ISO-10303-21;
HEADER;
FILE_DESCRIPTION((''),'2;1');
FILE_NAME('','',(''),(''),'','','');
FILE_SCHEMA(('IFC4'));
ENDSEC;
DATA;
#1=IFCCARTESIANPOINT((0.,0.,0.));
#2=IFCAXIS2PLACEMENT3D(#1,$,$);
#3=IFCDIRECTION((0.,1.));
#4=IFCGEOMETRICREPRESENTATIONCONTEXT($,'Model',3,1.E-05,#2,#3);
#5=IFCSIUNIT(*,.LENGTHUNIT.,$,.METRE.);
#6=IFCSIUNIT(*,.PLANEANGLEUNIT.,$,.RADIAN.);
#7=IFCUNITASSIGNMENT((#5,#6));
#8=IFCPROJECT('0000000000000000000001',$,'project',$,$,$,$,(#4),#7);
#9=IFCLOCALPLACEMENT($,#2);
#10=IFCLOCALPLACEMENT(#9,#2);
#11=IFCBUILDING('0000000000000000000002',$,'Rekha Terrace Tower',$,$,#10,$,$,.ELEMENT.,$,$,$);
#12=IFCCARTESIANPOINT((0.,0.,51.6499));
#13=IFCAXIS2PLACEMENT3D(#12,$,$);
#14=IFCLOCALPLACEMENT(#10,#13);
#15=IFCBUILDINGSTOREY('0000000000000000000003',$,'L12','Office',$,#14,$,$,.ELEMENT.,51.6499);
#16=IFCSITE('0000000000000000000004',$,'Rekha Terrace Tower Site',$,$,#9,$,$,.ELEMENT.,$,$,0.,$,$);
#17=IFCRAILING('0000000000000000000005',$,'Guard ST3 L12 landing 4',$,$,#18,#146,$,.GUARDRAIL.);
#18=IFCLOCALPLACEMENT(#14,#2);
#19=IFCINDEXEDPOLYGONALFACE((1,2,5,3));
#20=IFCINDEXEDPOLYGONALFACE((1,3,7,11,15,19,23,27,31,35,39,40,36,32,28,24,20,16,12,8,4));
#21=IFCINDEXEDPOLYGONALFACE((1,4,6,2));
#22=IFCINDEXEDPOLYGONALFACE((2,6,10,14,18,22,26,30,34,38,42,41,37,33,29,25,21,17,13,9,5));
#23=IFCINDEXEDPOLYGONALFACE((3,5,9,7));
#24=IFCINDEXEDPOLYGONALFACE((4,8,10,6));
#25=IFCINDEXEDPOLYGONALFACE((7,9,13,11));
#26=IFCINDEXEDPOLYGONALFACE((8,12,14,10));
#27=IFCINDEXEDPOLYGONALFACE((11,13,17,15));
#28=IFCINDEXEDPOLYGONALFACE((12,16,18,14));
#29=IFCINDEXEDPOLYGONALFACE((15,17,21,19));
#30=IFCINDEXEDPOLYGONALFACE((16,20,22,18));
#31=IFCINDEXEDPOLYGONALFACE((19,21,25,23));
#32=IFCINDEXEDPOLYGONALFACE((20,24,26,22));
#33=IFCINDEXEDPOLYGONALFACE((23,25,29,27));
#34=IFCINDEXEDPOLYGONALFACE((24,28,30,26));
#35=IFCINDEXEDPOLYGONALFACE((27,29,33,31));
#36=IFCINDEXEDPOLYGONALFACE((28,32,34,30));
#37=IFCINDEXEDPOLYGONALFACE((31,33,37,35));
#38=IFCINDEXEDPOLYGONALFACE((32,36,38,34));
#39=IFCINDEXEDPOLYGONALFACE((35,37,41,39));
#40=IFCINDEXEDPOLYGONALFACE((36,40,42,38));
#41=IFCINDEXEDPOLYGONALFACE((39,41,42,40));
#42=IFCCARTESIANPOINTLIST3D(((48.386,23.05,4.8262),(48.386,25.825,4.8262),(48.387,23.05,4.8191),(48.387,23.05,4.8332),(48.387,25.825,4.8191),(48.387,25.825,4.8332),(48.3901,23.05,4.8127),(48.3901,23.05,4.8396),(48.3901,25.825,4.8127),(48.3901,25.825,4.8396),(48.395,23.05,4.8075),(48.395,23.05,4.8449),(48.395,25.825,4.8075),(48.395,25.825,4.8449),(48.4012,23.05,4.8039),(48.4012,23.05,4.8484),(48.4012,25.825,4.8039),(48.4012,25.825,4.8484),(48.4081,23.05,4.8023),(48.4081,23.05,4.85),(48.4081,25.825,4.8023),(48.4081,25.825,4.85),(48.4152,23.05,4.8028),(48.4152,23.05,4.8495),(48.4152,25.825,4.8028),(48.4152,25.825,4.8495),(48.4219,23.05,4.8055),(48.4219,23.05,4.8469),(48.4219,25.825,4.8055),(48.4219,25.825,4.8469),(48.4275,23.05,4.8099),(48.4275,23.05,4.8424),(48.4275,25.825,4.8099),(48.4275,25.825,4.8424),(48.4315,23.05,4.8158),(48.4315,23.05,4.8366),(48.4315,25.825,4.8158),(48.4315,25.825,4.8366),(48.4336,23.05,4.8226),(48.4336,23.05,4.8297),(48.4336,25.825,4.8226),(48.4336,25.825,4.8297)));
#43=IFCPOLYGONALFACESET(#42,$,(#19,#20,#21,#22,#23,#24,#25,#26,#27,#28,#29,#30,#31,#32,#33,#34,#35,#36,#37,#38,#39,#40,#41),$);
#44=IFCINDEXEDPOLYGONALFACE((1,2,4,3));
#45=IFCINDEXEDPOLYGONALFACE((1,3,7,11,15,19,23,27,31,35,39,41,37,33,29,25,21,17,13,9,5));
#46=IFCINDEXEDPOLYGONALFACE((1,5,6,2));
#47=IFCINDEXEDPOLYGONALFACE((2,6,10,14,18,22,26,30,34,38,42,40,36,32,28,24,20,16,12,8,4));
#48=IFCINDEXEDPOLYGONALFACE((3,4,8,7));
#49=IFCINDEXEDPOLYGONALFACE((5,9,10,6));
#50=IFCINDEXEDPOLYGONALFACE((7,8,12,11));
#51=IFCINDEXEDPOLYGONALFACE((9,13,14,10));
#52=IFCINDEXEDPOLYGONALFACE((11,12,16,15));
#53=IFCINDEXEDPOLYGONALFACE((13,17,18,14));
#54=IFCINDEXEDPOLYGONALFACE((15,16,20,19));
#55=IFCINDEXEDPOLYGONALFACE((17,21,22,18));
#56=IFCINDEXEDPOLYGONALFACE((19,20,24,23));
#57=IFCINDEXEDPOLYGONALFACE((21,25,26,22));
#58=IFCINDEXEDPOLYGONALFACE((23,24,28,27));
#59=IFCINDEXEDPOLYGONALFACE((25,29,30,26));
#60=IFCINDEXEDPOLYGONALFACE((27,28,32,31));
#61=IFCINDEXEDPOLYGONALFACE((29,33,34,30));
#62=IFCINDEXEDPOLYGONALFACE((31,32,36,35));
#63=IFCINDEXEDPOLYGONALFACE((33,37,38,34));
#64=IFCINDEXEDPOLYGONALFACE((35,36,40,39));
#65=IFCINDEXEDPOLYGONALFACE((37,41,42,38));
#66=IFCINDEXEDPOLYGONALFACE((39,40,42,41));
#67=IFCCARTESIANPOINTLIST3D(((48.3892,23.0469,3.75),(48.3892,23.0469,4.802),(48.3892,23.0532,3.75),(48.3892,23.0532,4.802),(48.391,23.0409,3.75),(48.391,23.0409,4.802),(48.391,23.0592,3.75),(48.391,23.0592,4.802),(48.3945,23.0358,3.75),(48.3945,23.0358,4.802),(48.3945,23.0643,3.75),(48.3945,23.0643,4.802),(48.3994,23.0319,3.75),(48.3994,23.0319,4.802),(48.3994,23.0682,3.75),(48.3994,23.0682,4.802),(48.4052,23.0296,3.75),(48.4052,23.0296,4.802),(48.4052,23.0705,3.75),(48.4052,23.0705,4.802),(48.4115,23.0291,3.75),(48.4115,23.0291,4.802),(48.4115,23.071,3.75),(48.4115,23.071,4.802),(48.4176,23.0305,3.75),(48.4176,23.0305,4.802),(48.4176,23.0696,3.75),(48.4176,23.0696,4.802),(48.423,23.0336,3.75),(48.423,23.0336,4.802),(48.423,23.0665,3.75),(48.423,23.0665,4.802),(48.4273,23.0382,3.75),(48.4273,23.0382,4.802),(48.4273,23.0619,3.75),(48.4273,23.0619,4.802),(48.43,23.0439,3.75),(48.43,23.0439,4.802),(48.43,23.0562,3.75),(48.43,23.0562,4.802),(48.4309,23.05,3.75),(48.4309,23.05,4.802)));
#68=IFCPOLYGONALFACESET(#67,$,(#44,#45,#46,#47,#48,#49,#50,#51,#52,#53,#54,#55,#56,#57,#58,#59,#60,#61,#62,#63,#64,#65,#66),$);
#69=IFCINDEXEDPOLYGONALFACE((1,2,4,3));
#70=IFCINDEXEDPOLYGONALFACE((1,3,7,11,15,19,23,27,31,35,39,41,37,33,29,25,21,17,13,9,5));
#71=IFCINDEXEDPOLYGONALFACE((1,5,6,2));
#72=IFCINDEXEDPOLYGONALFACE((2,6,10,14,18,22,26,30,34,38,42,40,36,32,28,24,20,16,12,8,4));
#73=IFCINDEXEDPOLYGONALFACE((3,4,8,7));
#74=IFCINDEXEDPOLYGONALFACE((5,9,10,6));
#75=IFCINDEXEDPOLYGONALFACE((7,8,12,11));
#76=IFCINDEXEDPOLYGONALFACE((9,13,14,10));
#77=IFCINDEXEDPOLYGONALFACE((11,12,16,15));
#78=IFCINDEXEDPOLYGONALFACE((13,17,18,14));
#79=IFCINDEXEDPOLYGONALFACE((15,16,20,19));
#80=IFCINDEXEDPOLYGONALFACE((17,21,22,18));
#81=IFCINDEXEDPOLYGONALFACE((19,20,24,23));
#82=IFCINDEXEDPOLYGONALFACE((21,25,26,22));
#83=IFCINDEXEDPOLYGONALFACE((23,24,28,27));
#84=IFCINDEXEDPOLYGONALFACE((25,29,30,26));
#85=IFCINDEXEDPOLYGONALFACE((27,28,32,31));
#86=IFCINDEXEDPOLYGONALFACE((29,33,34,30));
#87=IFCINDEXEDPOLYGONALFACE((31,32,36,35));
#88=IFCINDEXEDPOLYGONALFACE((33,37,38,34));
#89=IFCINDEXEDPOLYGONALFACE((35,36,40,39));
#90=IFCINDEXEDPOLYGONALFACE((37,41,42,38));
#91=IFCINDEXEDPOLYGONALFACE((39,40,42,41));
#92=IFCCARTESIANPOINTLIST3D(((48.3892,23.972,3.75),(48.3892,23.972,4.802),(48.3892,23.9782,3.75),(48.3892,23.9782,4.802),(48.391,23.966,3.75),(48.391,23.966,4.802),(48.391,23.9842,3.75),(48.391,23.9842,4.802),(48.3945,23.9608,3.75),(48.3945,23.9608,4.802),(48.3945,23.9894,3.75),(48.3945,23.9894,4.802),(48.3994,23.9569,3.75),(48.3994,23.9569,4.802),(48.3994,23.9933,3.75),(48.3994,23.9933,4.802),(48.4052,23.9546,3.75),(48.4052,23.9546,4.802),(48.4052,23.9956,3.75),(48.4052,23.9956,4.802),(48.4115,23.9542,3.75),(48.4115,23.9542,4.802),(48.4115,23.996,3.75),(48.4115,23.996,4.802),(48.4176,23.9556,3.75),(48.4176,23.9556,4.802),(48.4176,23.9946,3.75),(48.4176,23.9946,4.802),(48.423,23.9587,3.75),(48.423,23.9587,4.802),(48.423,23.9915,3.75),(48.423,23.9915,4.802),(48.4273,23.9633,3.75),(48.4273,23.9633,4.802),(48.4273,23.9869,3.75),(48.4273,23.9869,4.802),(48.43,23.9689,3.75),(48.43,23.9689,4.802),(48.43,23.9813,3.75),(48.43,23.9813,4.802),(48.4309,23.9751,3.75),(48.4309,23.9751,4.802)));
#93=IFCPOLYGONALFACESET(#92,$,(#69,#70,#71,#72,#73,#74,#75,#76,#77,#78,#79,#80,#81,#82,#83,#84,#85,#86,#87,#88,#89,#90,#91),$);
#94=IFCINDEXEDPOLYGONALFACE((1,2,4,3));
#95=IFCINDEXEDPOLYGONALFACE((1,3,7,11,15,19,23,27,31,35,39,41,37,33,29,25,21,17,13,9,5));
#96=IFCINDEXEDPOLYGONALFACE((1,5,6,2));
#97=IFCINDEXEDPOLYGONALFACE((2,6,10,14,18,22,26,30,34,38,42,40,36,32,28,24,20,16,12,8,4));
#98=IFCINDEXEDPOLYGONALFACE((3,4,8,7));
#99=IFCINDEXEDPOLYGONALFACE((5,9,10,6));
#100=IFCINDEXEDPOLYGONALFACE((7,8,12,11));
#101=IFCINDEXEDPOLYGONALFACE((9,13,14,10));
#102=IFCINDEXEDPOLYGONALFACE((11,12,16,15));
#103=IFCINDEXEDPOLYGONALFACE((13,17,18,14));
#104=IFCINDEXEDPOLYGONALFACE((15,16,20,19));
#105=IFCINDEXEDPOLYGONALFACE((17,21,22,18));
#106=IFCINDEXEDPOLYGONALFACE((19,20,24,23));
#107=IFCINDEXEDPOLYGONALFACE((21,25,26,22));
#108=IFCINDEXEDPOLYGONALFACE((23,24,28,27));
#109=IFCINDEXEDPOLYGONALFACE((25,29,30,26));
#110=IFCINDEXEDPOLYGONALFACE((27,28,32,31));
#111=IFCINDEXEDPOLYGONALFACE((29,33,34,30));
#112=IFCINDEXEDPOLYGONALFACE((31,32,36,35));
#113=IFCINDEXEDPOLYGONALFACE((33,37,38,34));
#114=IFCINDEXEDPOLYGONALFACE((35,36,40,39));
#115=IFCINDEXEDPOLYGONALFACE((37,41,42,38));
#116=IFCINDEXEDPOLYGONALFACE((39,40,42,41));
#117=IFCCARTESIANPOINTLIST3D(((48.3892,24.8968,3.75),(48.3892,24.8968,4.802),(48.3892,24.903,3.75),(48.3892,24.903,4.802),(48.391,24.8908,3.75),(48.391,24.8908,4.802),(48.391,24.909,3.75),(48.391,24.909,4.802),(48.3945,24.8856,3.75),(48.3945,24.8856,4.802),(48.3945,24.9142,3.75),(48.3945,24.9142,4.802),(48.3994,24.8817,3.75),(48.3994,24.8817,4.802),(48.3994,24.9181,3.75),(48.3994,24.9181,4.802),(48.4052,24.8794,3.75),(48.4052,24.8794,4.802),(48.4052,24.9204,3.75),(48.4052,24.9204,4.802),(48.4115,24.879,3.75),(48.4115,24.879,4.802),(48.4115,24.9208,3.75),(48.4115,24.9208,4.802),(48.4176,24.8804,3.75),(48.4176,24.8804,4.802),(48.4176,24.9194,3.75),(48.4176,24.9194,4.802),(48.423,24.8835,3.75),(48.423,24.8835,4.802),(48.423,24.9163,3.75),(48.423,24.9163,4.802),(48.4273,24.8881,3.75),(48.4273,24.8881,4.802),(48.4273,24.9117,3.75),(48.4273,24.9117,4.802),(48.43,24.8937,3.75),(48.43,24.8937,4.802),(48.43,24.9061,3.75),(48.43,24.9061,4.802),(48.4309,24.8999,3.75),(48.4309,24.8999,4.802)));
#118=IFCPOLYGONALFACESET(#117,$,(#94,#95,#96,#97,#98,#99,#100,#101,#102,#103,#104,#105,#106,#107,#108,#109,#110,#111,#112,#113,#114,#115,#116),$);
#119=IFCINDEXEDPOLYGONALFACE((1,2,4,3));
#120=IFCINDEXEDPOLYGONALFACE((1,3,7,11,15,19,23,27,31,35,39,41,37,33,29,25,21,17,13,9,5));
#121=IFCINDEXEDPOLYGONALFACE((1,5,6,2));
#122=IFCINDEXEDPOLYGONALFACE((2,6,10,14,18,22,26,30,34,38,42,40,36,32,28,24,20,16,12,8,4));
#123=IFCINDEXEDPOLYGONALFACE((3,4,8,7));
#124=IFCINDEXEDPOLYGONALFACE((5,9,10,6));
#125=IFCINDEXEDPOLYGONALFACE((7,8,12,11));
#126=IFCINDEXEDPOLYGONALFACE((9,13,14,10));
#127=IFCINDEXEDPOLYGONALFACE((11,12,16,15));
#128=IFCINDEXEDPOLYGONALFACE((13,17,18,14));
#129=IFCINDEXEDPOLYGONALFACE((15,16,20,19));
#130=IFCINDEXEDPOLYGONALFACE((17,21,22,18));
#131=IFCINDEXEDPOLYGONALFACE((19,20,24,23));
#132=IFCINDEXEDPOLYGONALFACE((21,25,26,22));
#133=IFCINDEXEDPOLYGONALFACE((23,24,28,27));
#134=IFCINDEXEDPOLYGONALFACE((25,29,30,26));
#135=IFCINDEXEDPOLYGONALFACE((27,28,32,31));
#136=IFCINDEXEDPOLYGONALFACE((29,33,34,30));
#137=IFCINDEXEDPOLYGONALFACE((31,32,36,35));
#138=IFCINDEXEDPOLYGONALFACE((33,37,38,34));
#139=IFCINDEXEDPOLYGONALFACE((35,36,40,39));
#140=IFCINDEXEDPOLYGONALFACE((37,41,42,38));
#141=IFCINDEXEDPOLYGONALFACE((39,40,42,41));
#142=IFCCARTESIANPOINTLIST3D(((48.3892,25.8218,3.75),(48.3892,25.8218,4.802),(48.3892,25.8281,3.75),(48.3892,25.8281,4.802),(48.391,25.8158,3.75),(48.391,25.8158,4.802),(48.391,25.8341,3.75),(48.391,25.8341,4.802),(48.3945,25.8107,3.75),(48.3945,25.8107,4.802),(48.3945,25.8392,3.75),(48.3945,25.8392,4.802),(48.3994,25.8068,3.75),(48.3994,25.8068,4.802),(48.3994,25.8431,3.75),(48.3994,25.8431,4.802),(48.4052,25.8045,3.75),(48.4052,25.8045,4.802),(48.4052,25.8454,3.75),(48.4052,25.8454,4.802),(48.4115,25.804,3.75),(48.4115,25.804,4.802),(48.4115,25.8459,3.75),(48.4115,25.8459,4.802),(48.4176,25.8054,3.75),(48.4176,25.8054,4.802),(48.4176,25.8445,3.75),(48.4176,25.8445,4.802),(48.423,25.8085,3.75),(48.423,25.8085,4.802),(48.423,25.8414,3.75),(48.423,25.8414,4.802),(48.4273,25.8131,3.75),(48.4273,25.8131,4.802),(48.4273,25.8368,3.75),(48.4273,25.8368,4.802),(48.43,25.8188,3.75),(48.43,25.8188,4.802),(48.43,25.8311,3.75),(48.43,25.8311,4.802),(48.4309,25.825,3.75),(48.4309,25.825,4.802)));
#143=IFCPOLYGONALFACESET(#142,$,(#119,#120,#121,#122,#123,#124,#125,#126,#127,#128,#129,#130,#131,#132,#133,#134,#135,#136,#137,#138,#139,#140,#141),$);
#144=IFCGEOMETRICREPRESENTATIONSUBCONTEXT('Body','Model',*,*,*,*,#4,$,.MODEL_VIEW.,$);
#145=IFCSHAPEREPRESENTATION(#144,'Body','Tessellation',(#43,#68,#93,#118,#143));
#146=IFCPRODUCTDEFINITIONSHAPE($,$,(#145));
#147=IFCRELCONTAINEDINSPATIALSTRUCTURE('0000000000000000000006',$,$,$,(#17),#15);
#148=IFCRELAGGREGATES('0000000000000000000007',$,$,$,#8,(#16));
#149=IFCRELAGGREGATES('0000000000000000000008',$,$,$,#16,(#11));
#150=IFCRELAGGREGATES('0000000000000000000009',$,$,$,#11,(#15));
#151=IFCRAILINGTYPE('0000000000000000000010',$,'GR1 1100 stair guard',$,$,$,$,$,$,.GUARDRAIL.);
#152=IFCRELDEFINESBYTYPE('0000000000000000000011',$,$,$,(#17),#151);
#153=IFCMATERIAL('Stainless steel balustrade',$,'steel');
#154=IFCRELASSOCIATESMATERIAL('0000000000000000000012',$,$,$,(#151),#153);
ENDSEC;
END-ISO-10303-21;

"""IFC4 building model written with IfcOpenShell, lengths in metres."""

from ifc_helpers import new_model, si_unit, direction, frame, origin, origin_2d, place, context, subcontext, project, spatial, circle, extrude, material, type_object, element, save


model = new_model("IFC4")

# Units and contexts
model_context = context("Model", 3, precision=1e-05, world=origin(), true_north=direction((0.0, 1.0)))
body_context = subcontext(model_context, "Body", "Model", "MODEL_VIEW")
ifc_project = project(units=[si_unit("LENGTHUNIT", "METRE"), si_unit("PLANEANGLEUNIT", "RADIAN")], contexts=[model_context])

# Site, building, storey
site_placement = place(None, origin())
site = spatial("IfcSite", under=ifc_project, at=site_placement, Name="Rekha Terrace Tower Site", CompositionType="ELEMENT", RefElevation=0.0)
building_placement = place(site_placement, origin())
building = spatial("IfcBuilding", under=site, at=building_placement, Name="Rekha Terrace Tower", CompositionType="ELEMENT")
storey_placement = place(building_placement, frame((0.0, 0.0, 51.6499)))
storey = spatial("IfcBuildingStorey", under=building, at=storey_placement, Name="L12", Description="Office", CompositionType="ELEMENT", Elevation=51.6499)

# Railing
ifc_material_1 = material(Name="Stainless steel balustrade", Category="steel")
railing_type_1 = type_object("IfcRailingType", Name="GR1 1100 stair guard", PredefinedType="GUARDRAIL", material=ifc_material_1)
railing_1_placement = place(storey_placement, frame((48.4099, 23.05, 3.75)))
element("IfcRailing", 1, at=railing_1_placement, inside=storey, type_object=railing_type_1, Name="Guard ST3 L12 landing 4", PredefinedType="GUARDRAIL", context=body_context, shape_type="SweptSolid", body=[
    extrude(circle(Radius=0.0239, at=origin_2d()), frame((0.0, 0.0, 1.0762), z_axis=(0.0, 1.0, 0.0), x_axis=(-1.0, 0.0, 0.0)), (0.0, 0.0, 1.0), 2.7749),
    extrude(circle(Radius=0.021, at=origin_2d()), origin(), (0.0, 0.0, 1.0), 1.052),
    extrude(circle(Radius=0.021, at=origin_2d()), frame((0.0, 0.925, 0.0)), (0.0, 0.0, 1.0), 1.052),
    extrude(circle(Radius=0.021, at=origin_2d()), frame((0.0, 1.8499, 0.0)), (0.0, 0.0, 1.0), 1.052),
    extrude(circle(Radius=0.021, at=origin_2d()), frame((0.0, 2.7749, 0.0)), (0.0, 0.0, 1.0), 1.052),
])

save(model, "model.ifc")
